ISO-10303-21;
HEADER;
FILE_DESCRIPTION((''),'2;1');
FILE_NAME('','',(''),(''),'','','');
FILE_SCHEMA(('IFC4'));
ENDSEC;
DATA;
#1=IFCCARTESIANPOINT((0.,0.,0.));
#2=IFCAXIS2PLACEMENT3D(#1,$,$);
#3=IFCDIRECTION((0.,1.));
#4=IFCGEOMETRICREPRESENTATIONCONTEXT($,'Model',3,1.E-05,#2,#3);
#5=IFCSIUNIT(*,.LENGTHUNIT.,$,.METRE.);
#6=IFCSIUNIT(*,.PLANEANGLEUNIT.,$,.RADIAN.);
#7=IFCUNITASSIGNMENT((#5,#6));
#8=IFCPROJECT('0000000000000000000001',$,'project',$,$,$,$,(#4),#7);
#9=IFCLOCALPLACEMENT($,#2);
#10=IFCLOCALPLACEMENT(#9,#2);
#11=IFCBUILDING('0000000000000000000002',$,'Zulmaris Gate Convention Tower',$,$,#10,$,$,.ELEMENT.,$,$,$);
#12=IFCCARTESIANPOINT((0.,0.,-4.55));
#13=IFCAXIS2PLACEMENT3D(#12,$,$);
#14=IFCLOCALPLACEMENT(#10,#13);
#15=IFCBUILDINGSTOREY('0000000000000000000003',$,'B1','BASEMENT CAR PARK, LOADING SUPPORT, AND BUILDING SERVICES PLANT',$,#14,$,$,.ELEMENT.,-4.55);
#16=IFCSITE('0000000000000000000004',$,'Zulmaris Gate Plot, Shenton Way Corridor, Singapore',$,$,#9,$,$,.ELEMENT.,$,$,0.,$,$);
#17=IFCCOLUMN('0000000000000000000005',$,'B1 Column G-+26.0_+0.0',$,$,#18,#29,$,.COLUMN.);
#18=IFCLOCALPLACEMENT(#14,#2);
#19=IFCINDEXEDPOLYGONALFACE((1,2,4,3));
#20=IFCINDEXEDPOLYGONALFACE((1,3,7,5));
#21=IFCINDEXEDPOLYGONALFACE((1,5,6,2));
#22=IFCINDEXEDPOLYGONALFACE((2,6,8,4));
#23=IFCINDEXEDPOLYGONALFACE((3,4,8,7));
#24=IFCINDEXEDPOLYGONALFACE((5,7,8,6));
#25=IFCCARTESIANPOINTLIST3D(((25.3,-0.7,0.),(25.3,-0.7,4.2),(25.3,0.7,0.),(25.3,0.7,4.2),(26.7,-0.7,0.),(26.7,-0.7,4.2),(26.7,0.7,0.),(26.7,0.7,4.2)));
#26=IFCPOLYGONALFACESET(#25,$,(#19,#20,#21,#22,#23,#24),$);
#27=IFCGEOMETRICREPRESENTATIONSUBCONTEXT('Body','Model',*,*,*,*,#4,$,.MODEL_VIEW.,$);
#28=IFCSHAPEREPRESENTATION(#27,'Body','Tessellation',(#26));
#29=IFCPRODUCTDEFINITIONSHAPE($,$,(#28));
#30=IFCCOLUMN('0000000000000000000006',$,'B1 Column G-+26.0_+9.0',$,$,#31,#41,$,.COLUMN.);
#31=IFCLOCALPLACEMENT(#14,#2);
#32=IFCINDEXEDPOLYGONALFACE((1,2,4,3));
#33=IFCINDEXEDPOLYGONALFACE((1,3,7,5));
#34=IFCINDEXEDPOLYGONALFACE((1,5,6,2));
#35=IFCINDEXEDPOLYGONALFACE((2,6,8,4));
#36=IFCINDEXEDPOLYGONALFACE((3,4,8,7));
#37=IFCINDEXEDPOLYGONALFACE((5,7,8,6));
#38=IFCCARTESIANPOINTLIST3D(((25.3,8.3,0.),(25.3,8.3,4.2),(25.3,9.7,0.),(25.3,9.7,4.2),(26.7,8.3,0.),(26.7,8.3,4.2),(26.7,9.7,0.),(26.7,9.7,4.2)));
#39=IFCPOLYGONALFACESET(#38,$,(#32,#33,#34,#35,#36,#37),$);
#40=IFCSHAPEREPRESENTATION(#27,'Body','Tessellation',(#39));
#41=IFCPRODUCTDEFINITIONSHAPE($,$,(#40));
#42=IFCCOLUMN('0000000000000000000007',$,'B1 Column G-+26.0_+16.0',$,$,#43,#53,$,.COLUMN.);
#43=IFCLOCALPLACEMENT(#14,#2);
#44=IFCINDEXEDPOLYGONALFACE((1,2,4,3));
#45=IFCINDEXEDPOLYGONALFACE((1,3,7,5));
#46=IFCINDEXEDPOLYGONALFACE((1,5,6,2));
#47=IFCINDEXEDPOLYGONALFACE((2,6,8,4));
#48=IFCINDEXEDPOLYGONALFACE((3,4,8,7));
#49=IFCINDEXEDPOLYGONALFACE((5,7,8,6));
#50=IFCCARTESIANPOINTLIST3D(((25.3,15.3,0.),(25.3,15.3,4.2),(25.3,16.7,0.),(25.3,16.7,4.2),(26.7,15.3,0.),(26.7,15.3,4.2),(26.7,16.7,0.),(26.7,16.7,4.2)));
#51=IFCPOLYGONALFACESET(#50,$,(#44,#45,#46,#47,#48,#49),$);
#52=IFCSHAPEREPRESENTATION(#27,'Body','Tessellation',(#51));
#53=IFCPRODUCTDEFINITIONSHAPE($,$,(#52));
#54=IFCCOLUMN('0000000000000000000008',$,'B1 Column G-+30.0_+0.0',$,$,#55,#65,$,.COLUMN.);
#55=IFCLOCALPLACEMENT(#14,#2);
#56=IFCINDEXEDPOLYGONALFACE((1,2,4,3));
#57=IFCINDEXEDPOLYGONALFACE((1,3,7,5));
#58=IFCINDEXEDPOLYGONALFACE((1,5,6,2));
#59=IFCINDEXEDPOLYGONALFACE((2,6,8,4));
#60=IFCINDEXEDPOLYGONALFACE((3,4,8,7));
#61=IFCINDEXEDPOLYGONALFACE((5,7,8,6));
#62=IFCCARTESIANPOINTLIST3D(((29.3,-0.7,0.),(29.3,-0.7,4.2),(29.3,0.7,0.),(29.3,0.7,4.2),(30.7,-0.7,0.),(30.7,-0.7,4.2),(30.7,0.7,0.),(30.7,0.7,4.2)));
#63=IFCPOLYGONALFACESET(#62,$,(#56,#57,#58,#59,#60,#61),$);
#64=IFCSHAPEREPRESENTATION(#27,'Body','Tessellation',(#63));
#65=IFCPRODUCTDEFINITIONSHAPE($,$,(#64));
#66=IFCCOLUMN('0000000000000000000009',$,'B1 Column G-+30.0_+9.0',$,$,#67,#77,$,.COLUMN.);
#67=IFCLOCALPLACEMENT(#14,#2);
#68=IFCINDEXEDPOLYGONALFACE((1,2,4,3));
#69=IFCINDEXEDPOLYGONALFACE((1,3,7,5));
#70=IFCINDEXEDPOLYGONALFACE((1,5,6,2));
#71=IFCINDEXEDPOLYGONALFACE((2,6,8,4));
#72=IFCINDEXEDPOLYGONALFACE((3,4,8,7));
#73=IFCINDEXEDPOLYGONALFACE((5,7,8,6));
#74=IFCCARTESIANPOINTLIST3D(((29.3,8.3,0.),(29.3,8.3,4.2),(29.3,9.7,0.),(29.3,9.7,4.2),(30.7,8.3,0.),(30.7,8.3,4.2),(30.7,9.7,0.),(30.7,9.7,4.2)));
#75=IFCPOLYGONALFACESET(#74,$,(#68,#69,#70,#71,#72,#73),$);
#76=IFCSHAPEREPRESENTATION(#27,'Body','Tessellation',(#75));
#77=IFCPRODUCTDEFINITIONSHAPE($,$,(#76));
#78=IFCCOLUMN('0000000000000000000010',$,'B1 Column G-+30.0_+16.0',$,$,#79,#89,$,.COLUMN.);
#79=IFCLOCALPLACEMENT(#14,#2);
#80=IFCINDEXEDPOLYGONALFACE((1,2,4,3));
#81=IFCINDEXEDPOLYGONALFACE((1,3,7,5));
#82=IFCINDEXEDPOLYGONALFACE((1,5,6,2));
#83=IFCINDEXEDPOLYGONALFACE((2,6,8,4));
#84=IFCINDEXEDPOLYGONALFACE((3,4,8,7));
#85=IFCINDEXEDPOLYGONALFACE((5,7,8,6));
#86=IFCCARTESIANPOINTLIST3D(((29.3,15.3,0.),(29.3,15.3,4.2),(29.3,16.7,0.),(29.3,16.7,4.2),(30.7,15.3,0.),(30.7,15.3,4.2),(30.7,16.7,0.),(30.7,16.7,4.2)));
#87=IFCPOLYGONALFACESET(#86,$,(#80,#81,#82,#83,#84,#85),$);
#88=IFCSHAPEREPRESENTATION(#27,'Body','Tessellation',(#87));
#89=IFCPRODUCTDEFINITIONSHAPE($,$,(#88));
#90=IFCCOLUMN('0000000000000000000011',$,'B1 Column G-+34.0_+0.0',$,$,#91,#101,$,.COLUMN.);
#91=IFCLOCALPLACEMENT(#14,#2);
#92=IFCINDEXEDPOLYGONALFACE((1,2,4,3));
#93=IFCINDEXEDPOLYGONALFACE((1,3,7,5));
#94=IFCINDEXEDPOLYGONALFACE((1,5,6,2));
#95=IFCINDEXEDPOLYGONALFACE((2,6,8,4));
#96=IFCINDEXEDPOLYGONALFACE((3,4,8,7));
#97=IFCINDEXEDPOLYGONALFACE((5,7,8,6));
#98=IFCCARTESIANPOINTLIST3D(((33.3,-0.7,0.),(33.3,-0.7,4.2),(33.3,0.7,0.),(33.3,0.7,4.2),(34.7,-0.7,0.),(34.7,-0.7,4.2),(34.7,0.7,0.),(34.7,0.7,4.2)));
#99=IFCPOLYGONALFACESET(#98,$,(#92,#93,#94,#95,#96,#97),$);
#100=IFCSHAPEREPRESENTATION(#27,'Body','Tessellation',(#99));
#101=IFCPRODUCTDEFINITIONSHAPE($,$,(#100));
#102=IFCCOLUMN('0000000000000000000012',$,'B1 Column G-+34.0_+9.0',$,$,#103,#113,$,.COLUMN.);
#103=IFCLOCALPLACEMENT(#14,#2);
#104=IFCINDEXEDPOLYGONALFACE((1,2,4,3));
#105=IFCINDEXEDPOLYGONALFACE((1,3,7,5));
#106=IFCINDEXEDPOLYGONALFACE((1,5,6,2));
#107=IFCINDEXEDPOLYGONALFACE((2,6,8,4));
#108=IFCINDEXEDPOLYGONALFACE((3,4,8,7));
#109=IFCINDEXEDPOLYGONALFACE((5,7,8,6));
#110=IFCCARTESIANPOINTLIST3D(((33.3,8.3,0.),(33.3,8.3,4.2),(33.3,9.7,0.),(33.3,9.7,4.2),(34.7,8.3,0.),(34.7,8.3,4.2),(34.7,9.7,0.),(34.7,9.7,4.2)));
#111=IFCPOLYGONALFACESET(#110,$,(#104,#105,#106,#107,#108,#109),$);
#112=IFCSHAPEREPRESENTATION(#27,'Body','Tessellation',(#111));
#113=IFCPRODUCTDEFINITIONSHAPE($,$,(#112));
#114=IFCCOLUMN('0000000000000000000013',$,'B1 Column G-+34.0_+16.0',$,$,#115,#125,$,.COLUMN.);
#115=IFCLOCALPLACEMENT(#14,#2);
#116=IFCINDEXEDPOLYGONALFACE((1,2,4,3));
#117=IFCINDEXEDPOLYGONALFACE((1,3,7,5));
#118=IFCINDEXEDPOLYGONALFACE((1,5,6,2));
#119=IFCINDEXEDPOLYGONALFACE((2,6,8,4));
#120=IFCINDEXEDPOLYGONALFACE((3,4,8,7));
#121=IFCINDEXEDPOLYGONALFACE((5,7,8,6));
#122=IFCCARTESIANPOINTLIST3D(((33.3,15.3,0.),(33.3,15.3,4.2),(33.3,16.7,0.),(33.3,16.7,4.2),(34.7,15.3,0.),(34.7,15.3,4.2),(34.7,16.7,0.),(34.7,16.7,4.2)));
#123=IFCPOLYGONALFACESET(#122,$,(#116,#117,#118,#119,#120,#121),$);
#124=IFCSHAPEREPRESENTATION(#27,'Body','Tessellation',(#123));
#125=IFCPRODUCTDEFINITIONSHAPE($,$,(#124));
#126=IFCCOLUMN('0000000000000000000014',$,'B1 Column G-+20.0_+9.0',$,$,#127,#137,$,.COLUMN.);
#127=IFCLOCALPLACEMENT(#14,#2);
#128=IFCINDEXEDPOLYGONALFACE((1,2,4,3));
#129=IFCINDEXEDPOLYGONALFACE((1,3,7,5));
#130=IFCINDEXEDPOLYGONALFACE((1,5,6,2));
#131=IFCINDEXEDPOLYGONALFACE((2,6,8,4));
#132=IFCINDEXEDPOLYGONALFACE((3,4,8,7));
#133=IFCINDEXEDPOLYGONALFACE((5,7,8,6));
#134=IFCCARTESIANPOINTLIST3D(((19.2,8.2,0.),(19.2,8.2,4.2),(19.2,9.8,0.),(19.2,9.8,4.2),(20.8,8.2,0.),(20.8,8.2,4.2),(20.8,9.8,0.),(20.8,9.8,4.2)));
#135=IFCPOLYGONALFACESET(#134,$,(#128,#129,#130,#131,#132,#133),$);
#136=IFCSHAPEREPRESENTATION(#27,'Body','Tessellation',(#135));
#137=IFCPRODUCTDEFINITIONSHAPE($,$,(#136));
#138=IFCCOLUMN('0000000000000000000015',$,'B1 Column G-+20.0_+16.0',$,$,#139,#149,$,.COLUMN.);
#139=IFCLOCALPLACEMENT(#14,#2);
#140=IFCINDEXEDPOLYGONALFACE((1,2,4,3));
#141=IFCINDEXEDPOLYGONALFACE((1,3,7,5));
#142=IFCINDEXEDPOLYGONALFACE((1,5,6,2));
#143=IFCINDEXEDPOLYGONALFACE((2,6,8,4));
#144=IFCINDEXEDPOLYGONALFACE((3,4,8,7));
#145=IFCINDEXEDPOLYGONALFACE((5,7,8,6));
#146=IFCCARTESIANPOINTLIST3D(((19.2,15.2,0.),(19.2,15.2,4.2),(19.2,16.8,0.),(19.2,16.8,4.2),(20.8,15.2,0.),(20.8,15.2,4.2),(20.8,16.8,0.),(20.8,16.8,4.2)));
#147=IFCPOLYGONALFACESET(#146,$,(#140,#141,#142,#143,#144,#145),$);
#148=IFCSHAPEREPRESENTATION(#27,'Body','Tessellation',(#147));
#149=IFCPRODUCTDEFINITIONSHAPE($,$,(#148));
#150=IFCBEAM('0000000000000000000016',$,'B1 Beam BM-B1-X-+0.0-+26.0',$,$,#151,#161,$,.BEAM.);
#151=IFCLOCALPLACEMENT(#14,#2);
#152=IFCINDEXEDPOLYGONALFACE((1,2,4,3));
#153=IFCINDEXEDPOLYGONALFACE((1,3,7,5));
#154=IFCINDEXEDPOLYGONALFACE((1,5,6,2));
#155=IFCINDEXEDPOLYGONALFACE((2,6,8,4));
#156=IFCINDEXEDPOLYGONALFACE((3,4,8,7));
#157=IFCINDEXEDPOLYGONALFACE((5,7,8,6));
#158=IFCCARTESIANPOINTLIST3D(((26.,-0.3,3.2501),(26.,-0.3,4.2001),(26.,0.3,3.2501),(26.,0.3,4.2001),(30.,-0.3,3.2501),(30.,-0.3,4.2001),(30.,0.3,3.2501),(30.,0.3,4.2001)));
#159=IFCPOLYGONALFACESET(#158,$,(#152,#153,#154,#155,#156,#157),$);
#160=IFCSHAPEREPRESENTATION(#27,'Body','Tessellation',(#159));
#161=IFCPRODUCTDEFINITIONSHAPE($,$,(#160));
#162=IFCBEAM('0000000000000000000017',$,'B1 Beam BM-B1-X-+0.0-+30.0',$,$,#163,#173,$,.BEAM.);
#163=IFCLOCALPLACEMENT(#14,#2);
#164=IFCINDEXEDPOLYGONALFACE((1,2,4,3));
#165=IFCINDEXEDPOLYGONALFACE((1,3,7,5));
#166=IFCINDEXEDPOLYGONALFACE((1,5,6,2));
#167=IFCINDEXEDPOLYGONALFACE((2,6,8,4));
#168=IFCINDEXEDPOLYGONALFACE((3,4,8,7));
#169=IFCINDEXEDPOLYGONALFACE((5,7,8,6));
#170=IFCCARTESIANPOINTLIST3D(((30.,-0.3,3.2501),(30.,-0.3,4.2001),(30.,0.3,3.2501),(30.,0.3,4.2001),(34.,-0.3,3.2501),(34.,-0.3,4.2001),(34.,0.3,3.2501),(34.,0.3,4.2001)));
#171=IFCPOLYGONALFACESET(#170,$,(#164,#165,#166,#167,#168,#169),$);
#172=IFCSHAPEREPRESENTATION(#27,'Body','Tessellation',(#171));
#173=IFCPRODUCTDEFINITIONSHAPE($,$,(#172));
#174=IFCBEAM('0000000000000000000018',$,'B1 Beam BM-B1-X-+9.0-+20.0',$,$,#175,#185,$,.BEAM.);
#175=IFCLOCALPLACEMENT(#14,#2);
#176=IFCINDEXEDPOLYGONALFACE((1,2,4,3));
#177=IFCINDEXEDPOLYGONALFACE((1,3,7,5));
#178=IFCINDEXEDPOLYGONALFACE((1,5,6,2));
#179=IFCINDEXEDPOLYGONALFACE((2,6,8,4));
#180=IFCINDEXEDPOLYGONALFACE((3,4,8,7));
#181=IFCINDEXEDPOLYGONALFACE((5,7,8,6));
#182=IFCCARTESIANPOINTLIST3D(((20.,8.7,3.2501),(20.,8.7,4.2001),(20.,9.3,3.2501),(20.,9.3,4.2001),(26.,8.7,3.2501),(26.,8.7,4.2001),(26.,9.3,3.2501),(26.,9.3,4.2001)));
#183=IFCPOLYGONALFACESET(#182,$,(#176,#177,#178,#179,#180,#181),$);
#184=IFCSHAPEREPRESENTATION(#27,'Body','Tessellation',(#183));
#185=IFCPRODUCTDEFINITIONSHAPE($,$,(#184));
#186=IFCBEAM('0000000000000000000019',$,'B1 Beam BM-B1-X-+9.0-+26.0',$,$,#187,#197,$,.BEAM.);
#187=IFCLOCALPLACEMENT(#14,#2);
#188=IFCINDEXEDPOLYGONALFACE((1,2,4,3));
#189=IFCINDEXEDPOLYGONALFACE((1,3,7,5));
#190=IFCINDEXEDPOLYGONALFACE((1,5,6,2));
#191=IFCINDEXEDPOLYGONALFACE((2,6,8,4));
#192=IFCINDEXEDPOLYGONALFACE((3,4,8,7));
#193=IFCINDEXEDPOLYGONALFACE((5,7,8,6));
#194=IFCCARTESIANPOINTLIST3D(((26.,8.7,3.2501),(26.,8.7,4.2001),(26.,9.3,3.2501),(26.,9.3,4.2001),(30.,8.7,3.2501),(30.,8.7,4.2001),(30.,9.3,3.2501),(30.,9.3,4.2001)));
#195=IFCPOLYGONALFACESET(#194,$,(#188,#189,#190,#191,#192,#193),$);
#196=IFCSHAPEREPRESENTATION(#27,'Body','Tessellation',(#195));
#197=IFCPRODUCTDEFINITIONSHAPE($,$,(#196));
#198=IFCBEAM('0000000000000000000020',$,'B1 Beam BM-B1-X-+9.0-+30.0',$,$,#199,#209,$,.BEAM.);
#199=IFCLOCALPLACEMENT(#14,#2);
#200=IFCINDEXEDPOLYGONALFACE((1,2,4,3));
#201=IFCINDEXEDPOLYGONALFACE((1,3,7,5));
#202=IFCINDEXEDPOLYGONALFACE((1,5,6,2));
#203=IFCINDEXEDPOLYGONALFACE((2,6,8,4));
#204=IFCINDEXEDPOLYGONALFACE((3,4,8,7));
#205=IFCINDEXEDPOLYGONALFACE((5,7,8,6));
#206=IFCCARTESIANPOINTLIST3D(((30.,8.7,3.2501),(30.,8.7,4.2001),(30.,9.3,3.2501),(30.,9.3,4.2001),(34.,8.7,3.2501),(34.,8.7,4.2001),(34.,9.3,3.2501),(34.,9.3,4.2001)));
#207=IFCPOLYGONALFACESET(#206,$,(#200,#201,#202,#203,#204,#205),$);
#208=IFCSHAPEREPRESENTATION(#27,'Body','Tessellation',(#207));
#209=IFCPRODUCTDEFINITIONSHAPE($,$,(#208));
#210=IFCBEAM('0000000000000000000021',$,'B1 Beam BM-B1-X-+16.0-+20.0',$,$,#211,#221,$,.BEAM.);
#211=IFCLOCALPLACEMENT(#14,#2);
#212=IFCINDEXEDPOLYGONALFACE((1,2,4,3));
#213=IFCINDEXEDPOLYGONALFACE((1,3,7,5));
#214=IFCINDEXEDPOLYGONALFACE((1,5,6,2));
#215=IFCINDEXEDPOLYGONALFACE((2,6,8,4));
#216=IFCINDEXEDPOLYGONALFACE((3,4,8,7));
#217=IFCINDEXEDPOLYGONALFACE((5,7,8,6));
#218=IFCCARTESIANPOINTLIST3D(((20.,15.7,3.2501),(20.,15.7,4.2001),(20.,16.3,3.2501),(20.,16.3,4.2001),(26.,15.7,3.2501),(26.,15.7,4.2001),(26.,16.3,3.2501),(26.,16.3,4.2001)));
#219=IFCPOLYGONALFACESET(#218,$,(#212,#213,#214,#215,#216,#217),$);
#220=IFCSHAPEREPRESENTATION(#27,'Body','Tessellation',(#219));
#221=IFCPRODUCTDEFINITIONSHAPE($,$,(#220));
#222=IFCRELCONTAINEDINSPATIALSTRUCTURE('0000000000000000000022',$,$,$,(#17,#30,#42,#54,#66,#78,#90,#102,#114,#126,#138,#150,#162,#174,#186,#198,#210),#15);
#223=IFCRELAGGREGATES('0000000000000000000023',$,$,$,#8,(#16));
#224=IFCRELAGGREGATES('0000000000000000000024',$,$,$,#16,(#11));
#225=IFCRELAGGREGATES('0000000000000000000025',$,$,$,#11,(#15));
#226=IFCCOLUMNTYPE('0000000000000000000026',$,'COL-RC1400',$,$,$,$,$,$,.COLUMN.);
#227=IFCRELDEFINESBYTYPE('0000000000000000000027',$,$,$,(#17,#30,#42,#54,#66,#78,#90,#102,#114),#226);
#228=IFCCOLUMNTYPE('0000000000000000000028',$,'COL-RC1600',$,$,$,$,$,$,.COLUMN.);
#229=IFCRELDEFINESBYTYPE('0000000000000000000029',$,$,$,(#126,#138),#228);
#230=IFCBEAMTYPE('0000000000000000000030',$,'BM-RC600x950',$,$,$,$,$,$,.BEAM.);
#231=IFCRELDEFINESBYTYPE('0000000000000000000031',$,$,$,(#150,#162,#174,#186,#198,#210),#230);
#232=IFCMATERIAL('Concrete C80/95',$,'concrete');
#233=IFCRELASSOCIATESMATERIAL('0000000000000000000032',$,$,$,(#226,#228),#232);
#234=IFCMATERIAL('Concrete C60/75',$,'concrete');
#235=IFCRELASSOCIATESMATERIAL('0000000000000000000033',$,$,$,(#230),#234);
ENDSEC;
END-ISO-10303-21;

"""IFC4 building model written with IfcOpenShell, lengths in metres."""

from ifc_helpers import new_model, si_unit, direction, frame, origin, origin_2d, place, context, subcontext, project, spatial, rectangle, extrude, material, material_profile, profile_set, type_object, element, save


model = new_model("IFC4")

# Units and contexts
model_context = context("Model", 3, precision=1e-05, world=origin(), true_north=direction((0.0, 1.0)))
body_context = subcontext(model_context, "Body", "Model", "MODEL_VIEW")
ifc_project = project(units=[si_unit("LENGTHUNIT", "METRE"), si_unit("PLANEANGLEUNIT", "RADIAN")], contexts=[model_context])

# Site, building, storey
site_placement = place(None, origin())
site = spatial("IfcSite", under=ifc_project, at=site_placement, Name="Zulmaris Gate Plot, Shenton Way Corridor, Singapore", CompositionType="ELEMENT", RefElevation=0.0)
building_placement = place(site_placement, origin())
building = spatial("IfcBuilding", under=site, at=building_placement, Name="Zulmaris Gate Convention Tower", CompositionType="ELEMENT")
storey_placement = place(building_placement, frame((0.0, 0.0, -4.55)))
storey = spatial("IfcBuildingStorey", under=building, at=storey_placement, Name="B1", Description="BASEMENT CAR PARK, LOADING SUPPORT, AND BUILDING SERVICES PLANT", CompositionType="ELEMENT", Elevation=-4.55)

# Columns
ifc_material_1 = material(Name="Concrete C80/95", Category="concrete")
ifc_material_profile_1 = material_profile(ifc_material_1, rectangle(XDim=1.3999, YDim=1.3999, at=origin_2d()), Name="RC COL 1400x1400")
ifc_profile_set_1 = profile_set([ifc_material_profile_1], Name="Concrete C80/95")
column_type_1 = type_object("IfcColumnType", Name="COL-RC1400", PredefinedType="COLUMN", material=ifc_profile_set_1)
for number, where, z_axis, x_axis, name in (
    (1, (26.0, 0.0, 0.0), (0.0, 0.0, 1.0), (1.0, 0.0, 0.0), "B1 Column G-+26.0_+0.0"),
    (2, (26.0, 9.0, 0.0), (0.0, 0.0, 1.0), (1.0, 0.0, 0.0), "B1 Column G-+26.0_+9.0"),
    (3, (26.0, 16.0, 0.0), (0.0, 0.0, 1.0), (1.0, 0.0, 0.0), "B1 Column G-+26.0_+16.0"),
    (4, (30.0, 0.0, 0.0), (0.0, 0.0, 1.0), (1.0, 0.0, 0.0), "B1 Column G-+30.0_+0.0"),
    (5, (30.0, 9.0, 0.0), (0.0, 0.0, 1.0), (1.0, 0.0, 0.0), "B1 Column G-+30.0_+9.0"),
    (6, (30.0, 16.0, 0.0), (0.0, 0.0, 1.0), (1.0, 0.0, 0.0), "B1 Column G-+30.0_+16.0"),
    (7, (34.0, 0.0, 0.0), (0.0, 0.0, 1.0), (1.0, 0.0, 0.0), "B1 Column G-+34.0_+0.0"),
    (8, (34.0, 9.0, 0.0), (0.0, 0.0, 1.0), (1.0, 0.0, 0.0), "B1 Column G-+34.0_+9.0"),
    (9, (34.0, 16.0, 0.0), (0.0, 0.0, 1.0), (1.0, 0.0, 0.0), "B1 Column G-+34.0_+16.0"),
):
    element("IfcColumn", number, at=place(storey_placement, frame(where, z_axis=z_axis, x_axis=x_axis)), inside=storey, type_object=column_type_1, Name=name, PredefinedType="COLUMN", context=body_context, shape_type="SweptSolid", body=[
        extrude(rectangle(XDim=1.3999, YDim=1.3999, at=origin_2d()), origin(), (0.0, 0.0, 1.0), 4.2),
    ])
ifc_material_profile_2 = material_profile(ifc_material_1, rectangle(XDim=1.6001, YDim=1.6001, at=origin_2d()), Name="RC COL 1600x1600")
ifc_profile_set_2 = profile_set([ifc_material_profile_2], Name="Concrete C80/95")
column_type_2 = type_object("IfcColumnType", Name="COL-RC1600", PredefinedType="COLUMN", material=ifc_profile_set_2)
for number, where, z_axis, x_axis, name in (
    (10, (20.0, 9.0, 0.0), (0.0, 0.0, 1.0), (1.0, 0.0, 0.0), "B1 Column G-+20.0_+9.0"),
    (11, (20.0, 16.0, 0.0), (0.0, 0.0, 1.0), (1.0, 0.0, 0.0), "B1 Column G-+20.0_+16.0"),
):
    element("IfcColumn", number, at=place(storey_placement, frame(where, z_axis=z_axis, x_axis=x_axis)), inside=storey, type_object=column_type_2, Name=name, PredefinedType="COLUMN", context=body_context, shape_type="SweptSolid", body=[
        extrude(rectangle(XDim=1.6001, YDim=1.6001, at=origin_2d()), origin(), (0.0, 0.0, 1.0), 4.2),
    ])

# Beams
ifc_material_2 = material(Name="Concrete C60/75", Category="concrete")
ifc_material_profile_3 = material_profile(ifc_material_2, rectangle(XDim=0.6001, YDim=0.95, at=origin_2d()), Name="RC BEAM 600x950")
ifc_profile_set_3 = profile_set([ifc_material_profile_3], Name="Concrete C60/75")
beam_type_1 = type_object("IfcBeamType", Name="BM-RC600x950", PredefinedType="BEAM", material=ifc_profile_set_3)
for number, where, z_axis, x_axis, name in (
    (12, (26.0, 0.0, 3.7251), (1.0, 0.0, 0.0), (0.0, 1.0, 0.0), "B1 Beam BM-B1-X-+0.0-+26.0"),
    (13, (30.0, 0.0, 3.7251), (1.0, 0.0, 0.0), (0.0, 1.0, 0.0), "B1 Beam BM-B1-X-+0.0-+30.0"),
):
    element("IfcBeam", number, at=place(storey_placement, frame(where, z_axis=z_axis, x_axis=x_axis)), inside=storey, type_object=beam_type_1, Name=name, PredefinedType="BEAM", context=body_context, shape_type="SweptSolid", body=[
        extrude(rectangle(XDim=0.6001, YDim=0.95, at=origin_2d()), origin(), (0.0, 0.0, 1.0), 4.0),
    ])
beam_1_placement = place(storey_placement, frame((20.0, 9.0, 3.7251), z_axis=(1.0, 0.0, 0.0), x_axis=(0.0, 1.0, 0.0)))
element("IfcBeam", 14, at=beam_1_placement, inside=storey, type_object=beam_type_1, Name="B1 Beam BM-B1-X-+9.0-+20.0", PredefinedType="BEAM", context=body_context, shape_type="SweptSolid", body=[
    extrude(rectangle(XDim=0.6001, YDim=0.95, at=origin_2d()), origin(), (0.0, 0.0, 1.0), 6.0),
])
for number, where, z_axis, x_axis, name in (
    (15, (26.0, 9.0, 3.7251), (1.0, 0.0, 0.0), (0.0, 1.0, 0.0), "B1 Beam BM-B1-X-+9.0-+26.0"),
    (16, (30.0, 9.0, 3.7251), (1.0, 0.0, 0.0), (0.0, 1.0, 0.0), "B1 Beam BM-B1-X-+9.0-+30.0"),
):
    element("IfcBeam", number, at=place(storey_placement, frame(where, z_axis=z_axis, x_axis=x_axis)), inside=storey, type_object=beam_type_1, Name=name, PredefinedType="BEAM", context=body_context, shape_type="SweptSolid", body=[
        extrude(rectangle(XDim=0.6001, YDim=0.95, at=origin_2d()), origin(), (0.0, 0.0, 1.0), 4.0),
    ])
beam_2_placement = place(storey_placement, frame((20.0, 16.0, 3.7251), z_axis=(1.0, 0.0, 0.0), x_axis=(0.0, 1.0, 0.0)))
element("IfcBeam", 17, at=beam_2_placement, inside=storey, type_object=beam_type_1, Name="B1 Beam BM-B1-X-+16.0-+20.0", PredefinedType="BEAM", context=body_context, shape_type="SweptSolid", body=[
    extrude(rectangle(XDim=0.6001, YDim=0.95, at=origin_2d()), origin(), (0.0, 0.0, 1.0), 6.0),
])

save(model, "model.ifc")
